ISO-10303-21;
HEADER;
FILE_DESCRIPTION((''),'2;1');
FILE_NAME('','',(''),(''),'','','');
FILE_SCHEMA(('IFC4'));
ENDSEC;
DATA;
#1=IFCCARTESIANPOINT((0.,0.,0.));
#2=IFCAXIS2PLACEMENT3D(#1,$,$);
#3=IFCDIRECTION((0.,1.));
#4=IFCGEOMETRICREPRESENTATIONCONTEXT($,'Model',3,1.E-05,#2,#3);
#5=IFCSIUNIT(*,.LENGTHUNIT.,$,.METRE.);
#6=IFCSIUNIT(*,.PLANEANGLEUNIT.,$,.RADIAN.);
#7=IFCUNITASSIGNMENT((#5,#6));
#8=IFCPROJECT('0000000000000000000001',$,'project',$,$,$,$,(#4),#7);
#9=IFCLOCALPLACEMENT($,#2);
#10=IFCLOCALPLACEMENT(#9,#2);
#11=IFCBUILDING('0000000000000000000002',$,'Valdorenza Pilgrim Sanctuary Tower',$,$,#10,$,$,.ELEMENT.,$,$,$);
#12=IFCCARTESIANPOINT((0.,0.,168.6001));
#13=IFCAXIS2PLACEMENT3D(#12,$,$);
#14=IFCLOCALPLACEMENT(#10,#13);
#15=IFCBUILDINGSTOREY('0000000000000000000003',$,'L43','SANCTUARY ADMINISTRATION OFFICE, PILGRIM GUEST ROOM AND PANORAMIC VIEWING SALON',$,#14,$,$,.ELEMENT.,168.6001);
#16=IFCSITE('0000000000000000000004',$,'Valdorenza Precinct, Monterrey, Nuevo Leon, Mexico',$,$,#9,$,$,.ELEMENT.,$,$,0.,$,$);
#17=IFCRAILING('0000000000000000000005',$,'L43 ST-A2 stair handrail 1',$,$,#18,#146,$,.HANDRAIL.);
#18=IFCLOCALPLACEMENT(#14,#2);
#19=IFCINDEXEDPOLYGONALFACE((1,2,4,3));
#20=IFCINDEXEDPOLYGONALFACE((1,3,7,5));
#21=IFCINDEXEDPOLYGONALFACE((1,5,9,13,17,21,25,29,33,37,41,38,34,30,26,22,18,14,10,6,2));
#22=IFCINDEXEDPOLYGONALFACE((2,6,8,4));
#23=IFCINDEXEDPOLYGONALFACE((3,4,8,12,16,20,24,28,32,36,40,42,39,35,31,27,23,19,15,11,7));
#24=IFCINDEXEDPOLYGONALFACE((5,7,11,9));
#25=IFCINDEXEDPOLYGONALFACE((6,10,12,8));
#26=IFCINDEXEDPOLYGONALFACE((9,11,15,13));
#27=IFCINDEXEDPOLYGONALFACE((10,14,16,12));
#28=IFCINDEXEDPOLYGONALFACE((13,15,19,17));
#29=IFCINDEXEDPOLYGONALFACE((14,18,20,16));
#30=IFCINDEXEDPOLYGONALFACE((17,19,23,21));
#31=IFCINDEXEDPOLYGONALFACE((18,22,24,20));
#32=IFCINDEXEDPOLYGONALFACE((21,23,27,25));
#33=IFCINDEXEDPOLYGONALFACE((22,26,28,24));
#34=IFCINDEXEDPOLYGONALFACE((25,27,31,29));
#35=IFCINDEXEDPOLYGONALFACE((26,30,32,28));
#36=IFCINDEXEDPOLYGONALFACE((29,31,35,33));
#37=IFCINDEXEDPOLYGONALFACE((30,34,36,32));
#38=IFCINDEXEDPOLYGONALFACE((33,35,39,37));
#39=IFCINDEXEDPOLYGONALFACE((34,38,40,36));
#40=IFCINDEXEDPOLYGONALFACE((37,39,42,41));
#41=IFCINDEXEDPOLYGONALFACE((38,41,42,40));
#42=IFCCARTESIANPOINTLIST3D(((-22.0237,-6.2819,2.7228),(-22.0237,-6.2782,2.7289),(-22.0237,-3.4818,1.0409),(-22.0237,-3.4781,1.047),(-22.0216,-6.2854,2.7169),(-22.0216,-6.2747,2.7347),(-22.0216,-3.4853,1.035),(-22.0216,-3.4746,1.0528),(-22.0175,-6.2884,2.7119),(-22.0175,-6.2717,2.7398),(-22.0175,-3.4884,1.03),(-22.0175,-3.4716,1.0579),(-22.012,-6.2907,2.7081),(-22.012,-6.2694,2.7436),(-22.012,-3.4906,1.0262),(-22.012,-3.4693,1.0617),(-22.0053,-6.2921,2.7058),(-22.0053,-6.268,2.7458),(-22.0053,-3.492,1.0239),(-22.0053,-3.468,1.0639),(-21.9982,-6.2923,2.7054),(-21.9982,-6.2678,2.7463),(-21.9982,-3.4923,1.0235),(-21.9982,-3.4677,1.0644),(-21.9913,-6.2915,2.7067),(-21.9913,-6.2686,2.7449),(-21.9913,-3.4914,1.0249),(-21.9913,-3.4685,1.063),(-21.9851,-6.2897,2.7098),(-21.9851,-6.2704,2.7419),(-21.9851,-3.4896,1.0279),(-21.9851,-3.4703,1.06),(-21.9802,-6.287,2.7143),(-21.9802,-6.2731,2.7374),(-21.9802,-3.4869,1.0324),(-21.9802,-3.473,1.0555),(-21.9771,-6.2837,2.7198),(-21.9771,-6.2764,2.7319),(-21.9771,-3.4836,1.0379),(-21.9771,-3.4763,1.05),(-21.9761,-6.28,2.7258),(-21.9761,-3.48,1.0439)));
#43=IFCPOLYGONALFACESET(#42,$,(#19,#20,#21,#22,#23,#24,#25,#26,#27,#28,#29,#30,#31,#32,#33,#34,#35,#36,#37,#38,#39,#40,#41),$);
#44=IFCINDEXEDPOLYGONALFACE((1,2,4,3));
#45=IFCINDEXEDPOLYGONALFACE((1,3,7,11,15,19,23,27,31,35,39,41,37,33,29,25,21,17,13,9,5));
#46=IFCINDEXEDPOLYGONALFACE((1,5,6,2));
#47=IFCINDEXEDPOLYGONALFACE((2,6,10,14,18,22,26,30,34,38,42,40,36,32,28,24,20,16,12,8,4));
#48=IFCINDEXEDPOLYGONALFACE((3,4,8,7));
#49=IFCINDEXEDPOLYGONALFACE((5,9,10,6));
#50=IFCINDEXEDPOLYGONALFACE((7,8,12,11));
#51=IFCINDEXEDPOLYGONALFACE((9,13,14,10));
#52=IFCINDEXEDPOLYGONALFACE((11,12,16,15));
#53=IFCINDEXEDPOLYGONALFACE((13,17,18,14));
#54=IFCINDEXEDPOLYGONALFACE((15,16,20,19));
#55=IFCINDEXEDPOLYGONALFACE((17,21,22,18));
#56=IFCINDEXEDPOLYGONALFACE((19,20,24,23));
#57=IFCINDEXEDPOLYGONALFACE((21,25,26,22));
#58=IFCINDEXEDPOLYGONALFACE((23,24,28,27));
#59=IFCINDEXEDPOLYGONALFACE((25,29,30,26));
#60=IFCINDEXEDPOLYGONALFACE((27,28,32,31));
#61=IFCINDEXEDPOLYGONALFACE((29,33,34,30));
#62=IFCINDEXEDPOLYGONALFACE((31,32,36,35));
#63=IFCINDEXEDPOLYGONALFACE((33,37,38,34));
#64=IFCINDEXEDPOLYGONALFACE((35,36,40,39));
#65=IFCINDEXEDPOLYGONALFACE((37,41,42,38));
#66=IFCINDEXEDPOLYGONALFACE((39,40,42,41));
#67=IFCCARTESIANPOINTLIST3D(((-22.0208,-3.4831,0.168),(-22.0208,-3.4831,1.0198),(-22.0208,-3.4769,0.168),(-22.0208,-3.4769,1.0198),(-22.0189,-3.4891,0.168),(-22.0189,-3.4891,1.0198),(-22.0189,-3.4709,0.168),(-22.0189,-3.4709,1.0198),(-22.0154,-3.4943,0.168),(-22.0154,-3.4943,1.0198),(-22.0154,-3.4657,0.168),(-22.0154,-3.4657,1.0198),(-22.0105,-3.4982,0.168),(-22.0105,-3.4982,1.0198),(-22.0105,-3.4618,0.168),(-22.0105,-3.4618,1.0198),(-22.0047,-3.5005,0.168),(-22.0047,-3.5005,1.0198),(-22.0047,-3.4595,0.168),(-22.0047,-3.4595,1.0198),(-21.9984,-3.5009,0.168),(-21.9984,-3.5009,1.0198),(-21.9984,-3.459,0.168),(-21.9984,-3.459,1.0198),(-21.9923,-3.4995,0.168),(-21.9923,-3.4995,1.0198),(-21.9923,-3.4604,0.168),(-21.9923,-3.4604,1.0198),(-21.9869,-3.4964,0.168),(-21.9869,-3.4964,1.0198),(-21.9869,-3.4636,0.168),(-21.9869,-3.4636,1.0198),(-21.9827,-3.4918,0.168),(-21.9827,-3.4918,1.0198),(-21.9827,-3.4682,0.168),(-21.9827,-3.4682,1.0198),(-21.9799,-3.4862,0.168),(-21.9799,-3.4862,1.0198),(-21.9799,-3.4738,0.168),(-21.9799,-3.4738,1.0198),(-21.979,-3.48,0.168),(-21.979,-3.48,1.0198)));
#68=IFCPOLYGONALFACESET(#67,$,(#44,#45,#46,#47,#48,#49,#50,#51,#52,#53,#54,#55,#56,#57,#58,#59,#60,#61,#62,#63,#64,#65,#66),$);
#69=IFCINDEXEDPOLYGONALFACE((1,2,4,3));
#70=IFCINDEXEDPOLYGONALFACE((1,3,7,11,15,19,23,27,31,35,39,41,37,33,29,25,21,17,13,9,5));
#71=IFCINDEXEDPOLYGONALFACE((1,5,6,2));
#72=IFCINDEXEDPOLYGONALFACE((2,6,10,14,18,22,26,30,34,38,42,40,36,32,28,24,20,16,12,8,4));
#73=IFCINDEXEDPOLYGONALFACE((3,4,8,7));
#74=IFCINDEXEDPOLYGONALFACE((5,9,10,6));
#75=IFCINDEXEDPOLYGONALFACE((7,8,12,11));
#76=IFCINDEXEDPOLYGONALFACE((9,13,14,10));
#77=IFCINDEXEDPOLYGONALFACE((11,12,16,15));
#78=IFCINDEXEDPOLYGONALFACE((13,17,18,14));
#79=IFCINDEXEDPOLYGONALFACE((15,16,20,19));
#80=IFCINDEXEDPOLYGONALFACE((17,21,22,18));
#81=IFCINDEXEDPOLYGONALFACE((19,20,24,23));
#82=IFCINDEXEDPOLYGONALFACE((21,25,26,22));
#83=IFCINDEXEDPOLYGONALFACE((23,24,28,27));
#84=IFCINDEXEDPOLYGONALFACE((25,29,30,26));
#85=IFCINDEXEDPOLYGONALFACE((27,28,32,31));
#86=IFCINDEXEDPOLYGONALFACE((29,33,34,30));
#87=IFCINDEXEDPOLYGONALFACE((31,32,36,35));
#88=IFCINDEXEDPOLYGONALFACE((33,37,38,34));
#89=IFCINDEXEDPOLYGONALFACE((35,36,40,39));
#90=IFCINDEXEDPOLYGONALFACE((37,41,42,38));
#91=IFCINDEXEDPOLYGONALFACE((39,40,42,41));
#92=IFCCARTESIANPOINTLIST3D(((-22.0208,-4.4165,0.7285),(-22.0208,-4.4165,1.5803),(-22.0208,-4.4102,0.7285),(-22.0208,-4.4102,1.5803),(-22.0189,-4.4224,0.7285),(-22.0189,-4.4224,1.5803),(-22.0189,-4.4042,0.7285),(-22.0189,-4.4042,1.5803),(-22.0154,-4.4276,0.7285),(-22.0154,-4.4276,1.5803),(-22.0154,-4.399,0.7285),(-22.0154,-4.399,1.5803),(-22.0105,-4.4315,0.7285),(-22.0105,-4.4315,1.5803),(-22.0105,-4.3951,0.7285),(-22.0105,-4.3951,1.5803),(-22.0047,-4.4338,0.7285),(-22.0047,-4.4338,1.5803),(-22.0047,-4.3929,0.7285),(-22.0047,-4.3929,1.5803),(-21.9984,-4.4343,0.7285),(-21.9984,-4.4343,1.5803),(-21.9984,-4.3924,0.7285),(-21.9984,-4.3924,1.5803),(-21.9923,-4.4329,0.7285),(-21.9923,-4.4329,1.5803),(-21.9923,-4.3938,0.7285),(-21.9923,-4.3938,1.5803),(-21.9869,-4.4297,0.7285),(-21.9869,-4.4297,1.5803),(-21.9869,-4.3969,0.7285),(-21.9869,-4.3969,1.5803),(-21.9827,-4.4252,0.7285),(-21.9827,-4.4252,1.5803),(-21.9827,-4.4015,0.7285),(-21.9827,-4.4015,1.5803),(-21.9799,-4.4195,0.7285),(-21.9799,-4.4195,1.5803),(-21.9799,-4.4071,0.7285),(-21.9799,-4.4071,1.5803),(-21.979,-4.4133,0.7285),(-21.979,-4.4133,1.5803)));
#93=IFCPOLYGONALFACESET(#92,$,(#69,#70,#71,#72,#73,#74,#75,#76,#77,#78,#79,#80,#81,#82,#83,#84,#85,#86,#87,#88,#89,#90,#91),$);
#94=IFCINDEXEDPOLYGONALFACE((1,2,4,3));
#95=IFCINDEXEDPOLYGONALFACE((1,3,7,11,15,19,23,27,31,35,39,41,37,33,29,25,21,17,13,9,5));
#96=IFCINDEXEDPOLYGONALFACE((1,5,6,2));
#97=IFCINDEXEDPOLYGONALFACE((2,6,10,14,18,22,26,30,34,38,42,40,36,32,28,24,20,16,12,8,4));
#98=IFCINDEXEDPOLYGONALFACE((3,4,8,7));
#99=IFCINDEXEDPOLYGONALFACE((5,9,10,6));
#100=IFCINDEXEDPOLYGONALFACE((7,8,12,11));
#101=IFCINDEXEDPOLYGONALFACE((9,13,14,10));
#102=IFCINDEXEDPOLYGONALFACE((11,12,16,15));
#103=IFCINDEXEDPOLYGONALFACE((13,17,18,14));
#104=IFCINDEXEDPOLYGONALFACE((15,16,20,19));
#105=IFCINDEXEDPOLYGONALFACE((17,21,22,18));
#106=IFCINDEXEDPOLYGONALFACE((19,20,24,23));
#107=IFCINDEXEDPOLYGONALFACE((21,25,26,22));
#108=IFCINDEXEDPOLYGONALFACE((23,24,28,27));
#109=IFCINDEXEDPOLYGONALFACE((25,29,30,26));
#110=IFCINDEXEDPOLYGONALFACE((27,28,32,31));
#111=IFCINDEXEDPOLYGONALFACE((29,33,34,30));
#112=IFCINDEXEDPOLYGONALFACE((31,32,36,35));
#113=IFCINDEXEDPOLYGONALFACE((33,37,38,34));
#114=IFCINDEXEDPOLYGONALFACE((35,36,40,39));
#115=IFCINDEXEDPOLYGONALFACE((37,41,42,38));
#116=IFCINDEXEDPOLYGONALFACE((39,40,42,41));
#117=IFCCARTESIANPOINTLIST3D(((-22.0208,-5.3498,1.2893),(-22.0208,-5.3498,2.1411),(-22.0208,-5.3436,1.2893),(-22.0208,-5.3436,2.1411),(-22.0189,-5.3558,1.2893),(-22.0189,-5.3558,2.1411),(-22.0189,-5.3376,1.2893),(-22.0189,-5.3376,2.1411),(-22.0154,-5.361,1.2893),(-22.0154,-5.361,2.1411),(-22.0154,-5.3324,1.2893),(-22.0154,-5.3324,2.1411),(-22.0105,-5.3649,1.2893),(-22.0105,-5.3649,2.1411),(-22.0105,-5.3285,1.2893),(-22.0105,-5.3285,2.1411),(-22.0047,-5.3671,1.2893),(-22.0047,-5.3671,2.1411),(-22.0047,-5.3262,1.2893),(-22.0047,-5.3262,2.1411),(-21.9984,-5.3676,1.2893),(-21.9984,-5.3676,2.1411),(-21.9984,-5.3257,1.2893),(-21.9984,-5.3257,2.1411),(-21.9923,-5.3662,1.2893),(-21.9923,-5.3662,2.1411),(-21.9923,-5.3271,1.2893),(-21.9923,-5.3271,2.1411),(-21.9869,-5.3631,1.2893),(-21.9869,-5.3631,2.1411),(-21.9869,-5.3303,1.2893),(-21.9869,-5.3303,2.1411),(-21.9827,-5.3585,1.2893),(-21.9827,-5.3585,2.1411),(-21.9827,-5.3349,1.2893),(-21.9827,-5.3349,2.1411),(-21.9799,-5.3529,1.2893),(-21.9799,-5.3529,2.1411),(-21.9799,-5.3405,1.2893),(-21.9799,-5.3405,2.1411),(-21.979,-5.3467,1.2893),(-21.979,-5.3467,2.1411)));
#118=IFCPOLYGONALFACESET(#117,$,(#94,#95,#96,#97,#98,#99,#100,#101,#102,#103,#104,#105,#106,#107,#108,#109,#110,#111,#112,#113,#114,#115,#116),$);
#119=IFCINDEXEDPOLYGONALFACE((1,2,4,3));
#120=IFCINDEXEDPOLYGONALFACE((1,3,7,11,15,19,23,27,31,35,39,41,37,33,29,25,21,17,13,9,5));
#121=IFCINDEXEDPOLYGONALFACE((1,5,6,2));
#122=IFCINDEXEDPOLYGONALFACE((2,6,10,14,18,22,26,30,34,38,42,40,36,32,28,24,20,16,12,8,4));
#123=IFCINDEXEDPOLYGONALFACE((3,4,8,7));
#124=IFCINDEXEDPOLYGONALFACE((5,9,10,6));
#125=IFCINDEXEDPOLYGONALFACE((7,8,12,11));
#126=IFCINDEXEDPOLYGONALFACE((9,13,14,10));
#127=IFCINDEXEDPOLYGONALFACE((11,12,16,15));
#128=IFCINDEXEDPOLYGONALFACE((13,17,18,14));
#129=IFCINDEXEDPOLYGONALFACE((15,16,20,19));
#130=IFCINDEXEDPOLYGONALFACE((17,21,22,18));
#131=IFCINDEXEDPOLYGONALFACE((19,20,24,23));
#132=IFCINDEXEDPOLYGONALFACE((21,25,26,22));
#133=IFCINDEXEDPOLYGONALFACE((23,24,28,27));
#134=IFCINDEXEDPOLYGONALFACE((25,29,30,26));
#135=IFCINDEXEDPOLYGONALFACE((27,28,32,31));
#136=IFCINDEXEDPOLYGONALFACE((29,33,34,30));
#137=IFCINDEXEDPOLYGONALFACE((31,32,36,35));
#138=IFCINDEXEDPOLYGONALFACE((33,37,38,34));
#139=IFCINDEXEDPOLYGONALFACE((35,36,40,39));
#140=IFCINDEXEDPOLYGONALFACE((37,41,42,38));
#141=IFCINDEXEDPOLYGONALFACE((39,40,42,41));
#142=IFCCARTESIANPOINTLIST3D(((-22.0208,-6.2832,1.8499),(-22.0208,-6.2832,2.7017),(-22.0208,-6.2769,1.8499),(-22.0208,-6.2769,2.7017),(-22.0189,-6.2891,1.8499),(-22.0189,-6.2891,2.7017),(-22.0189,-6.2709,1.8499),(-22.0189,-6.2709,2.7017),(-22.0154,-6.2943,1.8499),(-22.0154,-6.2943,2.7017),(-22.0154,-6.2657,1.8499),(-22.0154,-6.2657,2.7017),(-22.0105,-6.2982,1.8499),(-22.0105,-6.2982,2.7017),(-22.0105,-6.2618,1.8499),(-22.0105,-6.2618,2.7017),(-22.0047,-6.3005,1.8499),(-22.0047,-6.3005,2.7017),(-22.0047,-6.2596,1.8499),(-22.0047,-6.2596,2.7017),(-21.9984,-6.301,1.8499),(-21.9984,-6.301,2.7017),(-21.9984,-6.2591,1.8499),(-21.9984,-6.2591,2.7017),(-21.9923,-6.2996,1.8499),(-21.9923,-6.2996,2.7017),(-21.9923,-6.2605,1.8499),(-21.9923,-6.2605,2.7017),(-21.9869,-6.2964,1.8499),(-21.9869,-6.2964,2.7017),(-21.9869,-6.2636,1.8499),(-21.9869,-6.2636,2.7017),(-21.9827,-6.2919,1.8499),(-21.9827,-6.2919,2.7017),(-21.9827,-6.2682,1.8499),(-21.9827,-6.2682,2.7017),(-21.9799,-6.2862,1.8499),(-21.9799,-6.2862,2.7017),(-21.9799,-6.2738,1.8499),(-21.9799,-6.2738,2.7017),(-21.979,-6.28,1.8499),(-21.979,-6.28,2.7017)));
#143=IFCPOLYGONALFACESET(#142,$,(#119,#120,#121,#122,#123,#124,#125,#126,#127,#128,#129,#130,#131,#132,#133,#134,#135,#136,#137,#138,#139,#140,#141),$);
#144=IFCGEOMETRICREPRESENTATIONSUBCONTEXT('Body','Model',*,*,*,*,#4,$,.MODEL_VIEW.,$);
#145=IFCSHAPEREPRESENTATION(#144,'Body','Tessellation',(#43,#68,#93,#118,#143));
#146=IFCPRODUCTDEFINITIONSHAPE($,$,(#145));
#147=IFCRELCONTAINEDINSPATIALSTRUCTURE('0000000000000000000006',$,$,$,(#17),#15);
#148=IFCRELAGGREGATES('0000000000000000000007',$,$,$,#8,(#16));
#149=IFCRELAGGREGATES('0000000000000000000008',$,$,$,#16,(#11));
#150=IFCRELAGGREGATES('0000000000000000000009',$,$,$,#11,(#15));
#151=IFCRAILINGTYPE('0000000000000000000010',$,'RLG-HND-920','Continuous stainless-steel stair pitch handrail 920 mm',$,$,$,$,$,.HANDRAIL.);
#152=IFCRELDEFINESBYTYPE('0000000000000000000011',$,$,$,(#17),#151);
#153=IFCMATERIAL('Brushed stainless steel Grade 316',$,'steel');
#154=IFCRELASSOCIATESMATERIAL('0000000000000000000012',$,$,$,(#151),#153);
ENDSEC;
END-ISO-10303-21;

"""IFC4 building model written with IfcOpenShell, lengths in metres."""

from ifc_helpers import new_model, si_unit, direction, frame, origin, origin_2d, place, context, subcontext, project, spatial, circle, extrude, material, type_object, element, save


model = new_model("IFC4")

# Units and contexts
model_context = context("Model", 3, precision=1e-05, world=origin(), true_north=direction((0.0, 1.0)))
body_context = subcontext(model_context, "Body", "Model", "MODEL_VIEW")
ifc_project = project(units=[si_unit("LENGTHUNIT", "METRE"), si_unit("PLANEANGLEUNIT", "RADIAN")], contexts=[model_context])

# Site, building, storey
site_placement = place(None, origin())
site = spatial("IfcSite", under=ifc_project, at=site_placement, Name="Valdorenza Precinct, Monterrey, Nuevo Leon, Mexico", CompositionType="ELEMENT", RefElevation=0.0)
building_placement = place(site_placement, origin())
building = spatial("IfcBuilding", under=site, at=building_placement, Name="Valdorenza Pilgrim Sanctuary Tower", CompositionType="ELEMENT")
storey_placement = place(building_placement, frame((0.0, 0.0, 168.6001)))
storey = spatial("IfcBuildingStorey", under=building, at=storey_placement, Name="L43", Description="SANCTUARY ADMINISTRATION OFFICE, PILGRIM GUEST ROOM AND PANORAMIC VIEWING SALON", CompositionType="ELEMENT", Elevation=168.6001)

# Shared definitions
ifc_material_1 = material(Name="Brushed stainless steel Grade 316", Category="steel")

# Railing
railing_type_1 = type_object("IfcRailingType", Name="RLG-HND-920", Description="Continuous stainless-steel stair pitch handrail 920 mm", PredefinedType="HANDRAIL", material=ifc_material_1)
railing_1_placement = place(storey_placement, frame((-22.0, -3.48, 0.168)))
element("IfcRailing", 1, at=railing_1_placement, inside=storey, type_object=railing_type_1, Name="L43 ST-A2 stair handrail 1", PredefinedType="HANDRAIL", context=body_context, shape_type="SweptSolid", body=[
    extrude(circle(Radius=0.0239, at=origin_2d()), frame((0.0, 0.0, 0.876), z_axis=(0.0, -0.857242, 0.514913), x_axis=(1.0, 0.0, 0.0)), (0.0, 0.0, 1.0), 3.2664),
    extrude(circle(Radius=0.021, at=origin_2d()), origin(), (0.0, 0.0, 1.0), 0.8518),
    extrude(circle(Radius=0.021, at=origin_2d()), frame((0.0, -0.9333, 0.5605)), (0.0, 0.0, 1.0), 0.8518),
    extrude(circle(Radius=0.021, at=origin_2d()), frame((0.0, -1.8667, 1.1213)), (0.0, 0.0, 1.0), 0.8518),
    extrude(circle(Radius=0.021, at=origin_2d()), frame((0.0, -2.8, 1.6819)), (0.0, 0.0, 1.0), 0.8518),
])

save(model, "model.ifc")
